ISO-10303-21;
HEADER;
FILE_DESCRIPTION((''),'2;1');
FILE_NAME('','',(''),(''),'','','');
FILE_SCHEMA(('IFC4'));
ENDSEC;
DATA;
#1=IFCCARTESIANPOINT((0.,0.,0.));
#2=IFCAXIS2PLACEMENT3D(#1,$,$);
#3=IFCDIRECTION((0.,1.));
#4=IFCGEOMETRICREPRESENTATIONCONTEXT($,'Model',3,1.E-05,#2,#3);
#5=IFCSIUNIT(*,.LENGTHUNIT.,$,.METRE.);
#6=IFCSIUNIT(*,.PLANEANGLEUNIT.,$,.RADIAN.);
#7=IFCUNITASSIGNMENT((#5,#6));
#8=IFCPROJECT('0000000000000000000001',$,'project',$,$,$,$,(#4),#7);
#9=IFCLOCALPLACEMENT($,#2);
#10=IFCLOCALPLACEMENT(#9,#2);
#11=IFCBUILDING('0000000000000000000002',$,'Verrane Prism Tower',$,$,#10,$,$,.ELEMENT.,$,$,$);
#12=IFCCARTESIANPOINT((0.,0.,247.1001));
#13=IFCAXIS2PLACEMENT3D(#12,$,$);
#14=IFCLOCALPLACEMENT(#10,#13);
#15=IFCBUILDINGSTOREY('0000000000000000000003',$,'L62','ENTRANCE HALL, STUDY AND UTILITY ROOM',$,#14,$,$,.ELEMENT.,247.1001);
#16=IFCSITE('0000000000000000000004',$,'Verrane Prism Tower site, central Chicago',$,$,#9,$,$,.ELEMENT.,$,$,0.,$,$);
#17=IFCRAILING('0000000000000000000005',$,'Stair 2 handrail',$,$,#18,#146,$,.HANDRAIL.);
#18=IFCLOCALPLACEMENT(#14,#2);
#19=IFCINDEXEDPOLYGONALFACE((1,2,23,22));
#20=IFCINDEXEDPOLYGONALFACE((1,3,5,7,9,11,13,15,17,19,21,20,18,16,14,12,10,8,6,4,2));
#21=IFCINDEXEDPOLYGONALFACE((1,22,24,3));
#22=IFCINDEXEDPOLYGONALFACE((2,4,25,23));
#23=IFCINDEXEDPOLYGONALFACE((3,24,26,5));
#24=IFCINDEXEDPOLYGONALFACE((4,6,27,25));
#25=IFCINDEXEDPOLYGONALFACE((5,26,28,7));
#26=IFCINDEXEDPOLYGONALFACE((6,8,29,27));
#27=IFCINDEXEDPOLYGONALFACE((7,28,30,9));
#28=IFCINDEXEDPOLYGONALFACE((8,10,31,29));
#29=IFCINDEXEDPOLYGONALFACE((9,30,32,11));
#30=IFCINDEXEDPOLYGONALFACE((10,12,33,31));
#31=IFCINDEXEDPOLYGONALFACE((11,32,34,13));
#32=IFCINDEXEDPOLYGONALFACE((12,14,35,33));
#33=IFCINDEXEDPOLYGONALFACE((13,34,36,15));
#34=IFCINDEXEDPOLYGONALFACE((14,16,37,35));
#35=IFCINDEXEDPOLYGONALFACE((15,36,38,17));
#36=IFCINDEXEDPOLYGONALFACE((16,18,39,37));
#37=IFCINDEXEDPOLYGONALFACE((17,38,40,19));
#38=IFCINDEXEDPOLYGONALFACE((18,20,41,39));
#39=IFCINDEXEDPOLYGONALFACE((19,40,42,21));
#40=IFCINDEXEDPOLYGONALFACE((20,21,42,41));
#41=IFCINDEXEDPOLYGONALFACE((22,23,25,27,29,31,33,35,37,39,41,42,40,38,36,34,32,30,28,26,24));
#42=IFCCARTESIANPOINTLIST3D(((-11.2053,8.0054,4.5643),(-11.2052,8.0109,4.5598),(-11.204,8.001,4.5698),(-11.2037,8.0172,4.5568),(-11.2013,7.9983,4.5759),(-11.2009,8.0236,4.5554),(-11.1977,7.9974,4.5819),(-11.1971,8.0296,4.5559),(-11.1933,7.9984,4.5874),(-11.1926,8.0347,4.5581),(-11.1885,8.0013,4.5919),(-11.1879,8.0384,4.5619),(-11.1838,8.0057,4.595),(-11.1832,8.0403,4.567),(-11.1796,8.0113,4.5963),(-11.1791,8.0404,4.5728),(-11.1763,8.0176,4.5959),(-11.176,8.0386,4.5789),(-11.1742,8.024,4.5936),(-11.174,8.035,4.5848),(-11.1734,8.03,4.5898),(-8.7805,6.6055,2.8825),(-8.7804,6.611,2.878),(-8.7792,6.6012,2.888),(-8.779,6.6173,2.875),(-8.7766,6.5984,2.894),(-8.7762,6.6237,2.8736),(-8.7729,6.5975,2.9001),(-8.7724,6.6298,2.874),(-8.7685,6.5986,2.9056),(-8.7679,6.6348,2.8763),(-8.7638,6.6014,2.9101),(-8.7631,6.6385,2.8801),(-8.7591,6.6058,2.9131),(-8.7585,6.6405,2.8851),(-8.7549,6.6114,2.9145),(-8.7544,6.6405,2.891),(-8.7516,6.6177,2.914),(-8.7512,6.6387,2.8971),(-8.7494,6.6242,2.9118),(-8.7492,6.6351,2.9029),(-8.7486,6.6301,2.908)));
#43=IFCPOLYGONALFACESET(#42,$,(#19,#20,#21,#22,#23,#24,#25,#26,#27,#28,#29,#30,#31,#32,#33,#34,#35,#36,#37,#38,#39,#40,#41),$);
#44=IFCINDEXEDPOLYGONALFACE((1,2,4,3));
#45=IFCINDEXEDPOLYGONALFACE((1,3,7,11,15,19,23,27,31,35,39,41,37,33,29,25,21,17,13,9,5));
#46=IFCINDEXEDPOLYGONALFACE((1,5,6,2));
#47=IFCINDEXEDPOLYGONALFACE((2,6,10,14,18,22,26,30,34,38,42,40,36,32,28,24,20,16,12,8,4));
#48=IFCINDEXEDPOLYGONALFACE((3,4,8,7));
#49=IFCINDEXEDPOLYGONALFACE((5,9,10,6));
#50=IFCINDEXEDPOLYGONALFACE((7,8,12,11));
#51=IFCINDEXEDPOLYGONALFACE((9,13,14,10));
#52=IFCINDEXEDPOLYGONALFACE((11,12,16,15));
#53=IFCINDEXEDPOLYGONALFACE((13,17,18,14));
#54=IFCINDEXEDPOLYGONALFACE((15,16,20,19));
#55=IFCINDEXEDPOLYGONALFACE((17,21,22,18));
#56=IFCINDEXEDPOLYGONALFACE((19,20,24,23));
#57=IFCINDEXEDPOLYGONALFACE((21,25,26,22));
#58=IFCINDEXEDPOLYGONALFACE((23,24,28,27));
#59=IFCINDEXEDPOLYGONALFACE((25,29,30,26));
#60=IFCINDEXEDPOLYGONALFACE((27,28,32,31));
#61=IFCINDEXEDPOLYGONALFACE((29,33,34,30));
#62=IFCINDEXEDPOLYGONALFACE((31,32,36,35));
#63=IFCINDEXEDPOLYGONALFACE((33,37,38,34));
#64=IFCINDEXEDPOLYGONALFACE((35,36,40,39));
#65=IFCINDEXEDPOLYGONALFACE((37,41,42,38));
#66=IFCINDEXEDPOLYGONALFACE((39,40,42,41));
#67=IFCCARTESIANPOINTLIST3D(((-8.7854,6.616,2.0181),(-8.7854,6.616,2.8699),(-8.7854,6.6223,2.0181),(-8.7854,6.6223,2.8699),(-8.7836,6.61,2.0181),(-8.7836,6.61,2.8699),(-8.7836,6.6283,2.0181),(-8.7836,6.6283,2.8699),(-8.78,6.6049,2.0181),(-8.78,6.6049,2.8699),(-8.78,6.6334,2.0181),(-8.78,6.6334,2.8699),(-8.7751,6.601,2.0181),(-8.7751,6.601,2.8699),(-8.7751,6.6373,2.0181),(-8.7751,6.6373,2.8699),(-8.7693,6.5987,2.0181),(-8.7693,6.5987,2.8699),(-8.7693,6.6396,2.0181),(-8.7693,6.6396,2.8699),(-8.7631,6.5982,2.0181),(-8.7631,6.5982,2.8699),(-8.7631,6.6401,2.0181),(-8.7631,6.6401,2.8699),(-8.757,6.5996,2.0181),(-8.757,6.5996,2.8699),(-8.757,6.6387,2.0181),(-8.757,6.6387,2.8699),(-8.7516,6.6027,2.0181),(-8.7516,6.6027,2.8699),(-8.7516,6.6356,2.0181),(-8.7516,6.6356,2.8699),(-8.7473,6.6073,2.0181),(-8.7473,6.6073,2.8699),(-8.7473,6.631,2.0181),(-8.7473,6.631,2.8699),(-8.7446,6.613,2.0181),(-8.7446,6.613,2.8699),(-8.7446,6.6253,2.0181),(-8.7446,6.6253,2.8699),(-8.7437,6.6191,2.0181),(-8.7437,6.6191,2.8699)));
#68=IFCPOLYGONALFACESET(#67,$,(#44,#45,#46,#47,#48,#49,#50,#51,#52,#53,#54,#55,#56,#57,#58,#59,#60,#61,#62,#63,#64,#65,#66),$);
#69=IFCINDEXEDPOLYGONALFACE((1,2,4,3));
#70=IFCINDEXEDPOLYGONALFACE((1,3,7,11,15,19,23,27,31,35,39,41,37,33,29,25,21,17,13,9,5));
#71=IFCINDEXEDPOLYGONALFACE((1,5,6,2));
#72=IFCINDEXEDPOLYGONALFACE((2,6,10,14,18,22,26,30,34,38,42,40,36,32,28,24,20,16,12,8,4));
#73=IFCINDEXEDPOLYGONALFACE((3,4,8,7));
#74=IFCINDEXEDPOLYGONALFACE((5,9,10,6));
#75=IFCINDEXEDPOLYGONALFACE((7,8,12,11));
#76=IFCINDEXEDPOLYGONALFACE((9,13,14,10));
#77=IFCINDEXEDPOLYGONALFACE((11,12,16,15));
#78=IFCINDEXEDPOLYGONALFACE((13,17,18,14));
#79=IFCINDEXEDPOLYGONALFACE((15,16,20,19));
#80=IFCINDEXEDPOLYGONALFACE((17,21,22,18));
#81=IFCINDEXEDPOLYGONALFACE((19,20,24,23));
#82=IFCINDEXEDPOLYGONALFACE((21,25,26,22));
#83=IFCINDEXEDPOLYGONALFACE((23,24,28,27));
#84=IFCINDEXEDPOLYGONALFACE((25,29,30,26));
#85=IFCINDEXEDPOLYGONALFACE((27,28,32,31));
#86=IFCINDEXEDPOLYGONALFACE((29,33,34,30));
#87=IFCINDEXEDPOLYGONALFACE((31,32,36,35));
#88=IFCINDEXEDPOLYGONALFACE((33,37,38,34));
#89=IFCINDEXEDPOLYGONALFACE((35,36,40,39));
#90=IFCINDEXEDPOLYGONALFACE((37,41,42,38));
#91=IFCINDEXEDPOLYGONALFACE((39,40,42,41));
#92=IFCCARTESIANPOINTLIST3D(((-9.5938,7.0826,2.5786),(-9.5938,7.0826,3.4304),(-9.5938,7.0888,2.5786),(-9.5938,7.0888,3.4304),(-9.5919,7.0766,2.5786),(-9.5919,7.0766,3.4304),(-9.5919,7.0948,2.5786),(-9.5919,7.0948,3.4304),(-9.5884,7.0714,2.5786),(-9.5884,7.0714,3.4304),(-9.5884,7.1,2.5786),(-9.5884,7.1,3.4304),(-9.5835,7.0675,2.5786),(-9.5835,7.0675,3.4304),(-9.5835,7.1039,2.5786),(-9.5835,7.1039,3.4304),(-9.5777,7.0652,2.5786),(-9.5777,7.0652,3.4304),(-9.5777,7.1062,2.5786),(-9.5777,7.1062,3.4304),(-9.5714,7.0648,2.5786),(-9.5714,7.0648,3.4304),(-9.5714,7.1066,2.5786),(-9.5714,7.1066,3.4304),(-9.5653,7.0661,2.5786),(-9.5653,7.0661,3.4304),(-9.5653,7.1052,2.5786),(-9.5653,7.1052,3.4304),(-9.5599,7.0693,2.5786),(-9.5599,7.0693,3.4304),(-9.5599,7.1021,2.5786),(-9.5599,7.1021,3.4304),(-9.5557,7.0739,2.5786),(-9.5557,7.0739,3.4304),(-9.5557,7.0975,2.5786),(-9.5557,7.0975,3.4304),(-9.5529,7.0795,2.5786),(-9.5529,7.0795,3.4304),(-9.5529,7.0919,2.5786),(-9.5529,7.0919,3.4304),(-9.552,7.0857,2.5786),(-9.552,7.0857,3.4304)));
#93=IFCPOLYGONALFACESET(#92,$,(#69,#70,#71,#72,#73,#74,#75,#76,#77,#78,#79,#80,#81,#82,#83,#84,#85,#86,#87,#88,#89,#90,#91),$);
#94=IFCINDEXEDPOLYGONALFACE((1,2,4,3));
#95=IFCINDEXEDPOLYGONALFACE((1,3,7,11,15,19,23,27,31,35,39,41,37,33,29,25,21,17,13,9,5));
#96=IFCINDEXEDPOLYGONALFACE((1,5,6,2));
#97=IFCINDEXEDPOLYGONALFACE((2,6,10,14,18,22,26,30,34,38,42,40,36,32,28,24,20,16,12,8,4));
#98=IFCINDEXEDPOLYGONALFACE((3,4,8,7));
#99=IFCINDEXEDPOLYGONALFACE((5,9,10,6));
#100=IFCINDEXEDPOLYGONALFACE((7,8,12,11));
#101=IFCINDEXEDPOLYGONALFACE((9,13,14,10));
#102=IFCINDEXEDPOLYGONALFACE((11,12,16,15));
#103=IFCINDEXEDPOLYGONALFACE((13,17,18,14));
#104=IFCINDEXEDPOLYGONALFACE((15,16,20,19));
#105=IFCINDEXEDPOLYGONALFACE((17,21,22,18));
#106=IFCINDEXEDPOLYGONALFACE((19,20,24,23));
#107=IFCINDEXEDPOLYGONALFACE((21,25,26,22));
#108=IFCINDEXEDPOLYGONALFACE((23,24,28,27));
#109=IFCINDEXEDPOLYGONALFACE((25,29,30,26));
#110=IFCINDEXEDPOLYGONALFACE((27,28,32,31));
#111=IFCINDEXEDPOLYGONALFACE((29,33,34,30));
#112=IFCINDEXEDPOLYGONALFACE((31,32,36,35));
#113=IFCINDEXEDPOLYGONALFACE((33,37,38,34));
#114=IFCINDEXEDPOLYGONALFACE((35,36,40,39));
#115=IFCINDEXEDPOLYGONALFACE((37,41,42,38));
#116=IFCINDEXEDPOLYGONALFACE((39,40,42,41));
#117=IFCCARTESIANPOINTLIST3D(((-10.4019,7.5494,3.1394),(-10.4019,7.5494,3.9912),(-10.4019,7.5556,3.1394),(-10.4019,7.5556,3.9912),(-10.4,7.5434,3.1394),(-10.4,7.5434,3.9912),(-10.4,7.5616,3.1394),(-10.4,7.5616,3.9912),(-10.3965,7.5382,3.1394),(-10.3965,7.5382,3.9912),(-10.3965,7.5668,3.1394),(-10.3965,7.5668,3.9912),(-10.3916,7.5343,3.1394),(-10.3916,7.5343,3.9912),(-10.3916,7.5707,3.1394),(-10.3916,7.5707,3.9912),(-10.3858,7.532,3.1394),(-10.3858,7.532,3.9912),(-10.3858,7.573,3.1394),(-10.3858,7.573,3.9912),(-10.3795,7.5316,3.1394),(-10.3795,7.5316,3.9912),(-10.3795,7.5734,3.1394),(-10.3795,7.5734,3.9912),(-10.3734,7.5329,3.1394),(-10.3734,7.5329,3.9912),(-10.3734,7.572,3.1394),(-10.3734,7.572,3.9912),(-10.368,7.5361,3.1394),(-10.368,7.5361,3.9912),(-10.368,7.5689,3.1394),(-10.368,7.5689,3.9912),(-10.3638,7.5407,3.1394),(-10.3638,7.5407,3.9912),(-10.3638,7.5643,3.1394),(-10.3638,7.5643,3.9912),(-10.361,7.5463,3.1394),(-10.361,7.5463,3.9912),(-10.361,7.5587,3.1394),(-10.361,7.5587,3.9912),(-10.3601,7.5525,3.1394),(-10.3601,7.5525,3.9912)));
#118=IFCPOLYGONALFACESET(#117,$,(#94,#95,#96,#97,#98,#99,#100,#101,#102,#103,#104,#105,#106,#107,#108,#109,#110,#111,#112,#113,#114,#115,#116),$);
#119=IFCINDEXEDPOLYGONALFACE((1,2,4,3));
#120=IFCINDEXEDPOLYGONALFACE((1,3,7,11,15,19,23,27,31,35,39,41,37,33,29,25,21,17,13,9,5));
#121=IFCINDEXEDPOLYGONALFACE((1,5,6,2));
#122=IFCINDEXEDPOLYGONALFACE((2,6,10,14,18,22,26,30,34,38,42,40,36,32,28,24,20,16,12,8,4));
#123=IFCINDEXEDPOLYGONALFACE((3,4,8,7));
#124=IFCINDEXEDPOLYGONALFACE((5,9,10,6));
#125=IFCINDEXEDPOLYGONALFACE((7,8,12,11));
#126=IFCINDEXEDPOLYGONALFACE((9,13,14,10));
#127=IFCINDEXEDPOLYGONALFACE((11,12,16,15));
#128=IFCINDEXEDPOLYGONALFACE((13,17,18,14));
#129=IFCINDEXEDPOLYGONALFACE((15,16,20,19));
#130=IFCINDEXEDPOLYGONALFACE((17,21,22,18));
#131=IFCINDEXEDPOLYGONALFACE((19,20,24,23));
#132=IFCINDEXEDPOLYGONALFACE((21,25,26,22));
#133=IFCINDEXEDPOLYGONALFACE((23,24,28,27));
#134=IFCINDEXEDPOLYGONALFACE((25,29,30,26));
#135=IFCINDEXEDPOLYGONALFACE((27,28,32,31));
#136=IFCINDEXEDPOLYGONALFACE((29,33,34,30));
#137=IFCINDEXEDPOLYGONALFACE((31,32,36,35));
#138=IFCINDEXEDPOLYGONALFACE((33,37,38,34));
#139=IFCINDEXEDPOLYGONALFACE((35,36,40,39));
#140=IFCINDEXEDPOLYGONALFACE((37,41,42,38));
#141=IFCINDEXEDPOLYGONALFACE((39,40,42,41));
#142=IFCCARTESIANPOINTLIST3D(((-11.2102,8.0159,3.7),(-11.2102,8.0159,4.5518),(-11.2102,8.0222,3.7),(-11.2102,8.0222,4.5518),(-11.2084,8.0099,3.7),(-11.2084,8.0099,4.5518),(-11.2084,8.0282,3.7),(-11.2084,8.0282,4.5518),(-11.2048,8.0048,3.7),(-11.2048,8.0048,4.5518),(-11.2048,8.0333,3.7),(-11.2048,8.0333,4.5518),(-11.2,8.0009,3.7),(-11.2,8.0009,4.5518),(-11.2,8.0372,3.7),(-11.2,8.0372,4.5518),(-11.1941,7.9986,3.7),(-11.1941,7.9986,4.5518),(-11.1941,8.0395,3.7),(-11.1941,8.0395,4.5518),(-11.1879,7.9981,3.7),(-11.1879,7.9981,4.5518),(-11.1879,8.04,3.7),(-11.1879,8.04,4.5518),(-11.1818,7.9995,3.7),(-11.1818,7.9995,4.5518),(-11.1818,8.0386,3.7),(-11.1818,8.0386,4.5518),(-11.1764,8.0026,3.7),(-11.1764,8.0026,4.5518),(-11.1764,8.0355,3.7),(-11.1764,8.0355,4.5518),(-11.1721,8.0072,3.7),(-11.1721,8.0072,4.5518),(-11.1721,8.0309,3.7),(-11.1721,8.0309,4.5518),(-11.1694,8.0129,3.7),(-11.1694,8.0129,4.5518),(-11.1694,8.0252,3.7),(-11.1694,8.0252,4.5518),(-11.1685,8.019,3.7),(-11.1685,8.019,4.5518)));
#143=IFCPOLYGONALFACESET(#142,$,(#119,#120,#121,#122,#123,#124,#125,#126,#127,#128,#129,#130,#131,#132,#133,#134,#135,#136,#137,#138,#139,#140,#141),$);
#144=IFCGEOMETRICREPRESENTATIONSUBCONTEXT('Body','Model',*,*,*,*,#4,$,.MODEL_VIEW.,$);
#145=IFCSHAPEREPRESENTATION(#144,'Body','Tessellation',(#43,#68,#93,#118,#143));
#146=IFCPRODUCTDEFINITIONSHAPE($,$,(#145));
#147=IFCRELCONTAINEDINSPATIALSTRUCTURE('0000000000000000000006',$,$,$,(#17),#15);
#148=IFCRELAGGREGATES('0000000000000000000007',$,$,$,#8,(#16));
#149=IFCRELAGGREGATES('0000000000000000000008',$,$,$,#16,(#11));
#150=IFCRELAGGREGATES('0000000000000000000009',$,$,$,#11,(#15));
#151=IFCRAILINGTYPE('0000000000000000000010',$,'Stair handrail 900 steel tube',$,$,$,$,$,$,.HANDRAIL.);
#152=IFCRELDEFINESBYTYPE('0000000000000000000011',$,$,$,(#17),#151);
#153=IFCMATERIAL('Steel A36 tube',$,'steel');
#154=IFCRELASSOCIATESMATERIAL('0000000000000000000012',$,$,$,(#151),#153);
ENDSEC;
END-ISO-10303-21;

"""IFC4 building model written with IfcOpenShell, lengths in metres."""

from ifc_helpers import new_model, si_unit, direction, frame, origin, origin_2d, place, context, subcontext, project, spatial, circle, extrude, material, type_object, element, save


model = new_model("IFC4")

# Units and contexts
model_context = context("Model", 3, precision=1e-05, world=origin(), true_north=direction((0.0, 1.0)))
body_context = subcontext(model_context, "Body", "Model", "MODEL_VIEW")
ifc_project = project(units=[si_unit("LENGTHUNIT", "METRE"), si_unit("PLANEANGLEUNIT", "RADIAN")], contexts=[model_context])

# Site, building, storey
site_placement = place(None, origin())
site = spatial("IfcSite", under=ifc_project, at=site_placement, Name="Verrane Prism Tower site, central Chicago", CompositionType="ELEMENT", RefElevation=0.0)
building_placement = place(site_placement, origin())
building = spatial("IfcBuilding", under=site, at=building_placement, Name="Verrane Prism Tower", CompositionType="ELEMENT")
storey_placement = place(building_placement, frame((0.0, 0.0, 247.1001)))
storey = spatial("IfcBuildingStorey", under=building, at=storey_placement, Name="L62", Description="ENTRANCE HALL, STUDY AND UTILITY ROOM", CompositionType="ELEMENT", Elevation=247.1001)

# Railing
ifc_material_1 = material(Name="Steel A36 tube", Category="steel")
railing_type_1 = type_object("IfcRailingType", Name="Stair handrail 900 steel tube", PredefinedType="HANDRAIL", material=ifc_material_1)
railing_1_placement = place(storey_placement, frame((-8.7646, 6.6191, 2.0181)))
element("IfcRailing", 1, at=railing_1_placement, inside=storey, type_object=railing_type_1, Name="Stair 2 handrail", PredefinedType="HANDRAIL", context=body_context, shape_type="SweptSolid", body=[
    extrude(circle(Radius=0.0239, at=origin_2d()), frame((0.0, 0.0, 0.876), z_axis=(-0.74239, 0.428601, 0.514934), x_axis=(-0.499984, -0.866035, 0.0)), (0.0, 0.0, 1.0), 3.2661),
    extrude(circle(Radius=0.021, at=origin_2d()), origin(), (0.0, 0.0, 1.0), 0.8518),
    extrude(circle(Radius=0.021, at=origin_2d()), frame((-0.8083, 0.4666, 0.5605)), (0.0, 0.0, 1.0), 0.8518),
    extrude(circle(Radius=0.021, at=origin_2d()), frame((-1.6165, 0.9333, 1.1213)), (0.0, 0.0, 1.0), 0.8518),
    extrude(circle(Radius=0.021, at=origin_2d()), frame((-2.4248, 1.3999, 1.6819)), (0.0, 0.0, 1.0), 0.8518),
])

save(model, "model.ifc")
